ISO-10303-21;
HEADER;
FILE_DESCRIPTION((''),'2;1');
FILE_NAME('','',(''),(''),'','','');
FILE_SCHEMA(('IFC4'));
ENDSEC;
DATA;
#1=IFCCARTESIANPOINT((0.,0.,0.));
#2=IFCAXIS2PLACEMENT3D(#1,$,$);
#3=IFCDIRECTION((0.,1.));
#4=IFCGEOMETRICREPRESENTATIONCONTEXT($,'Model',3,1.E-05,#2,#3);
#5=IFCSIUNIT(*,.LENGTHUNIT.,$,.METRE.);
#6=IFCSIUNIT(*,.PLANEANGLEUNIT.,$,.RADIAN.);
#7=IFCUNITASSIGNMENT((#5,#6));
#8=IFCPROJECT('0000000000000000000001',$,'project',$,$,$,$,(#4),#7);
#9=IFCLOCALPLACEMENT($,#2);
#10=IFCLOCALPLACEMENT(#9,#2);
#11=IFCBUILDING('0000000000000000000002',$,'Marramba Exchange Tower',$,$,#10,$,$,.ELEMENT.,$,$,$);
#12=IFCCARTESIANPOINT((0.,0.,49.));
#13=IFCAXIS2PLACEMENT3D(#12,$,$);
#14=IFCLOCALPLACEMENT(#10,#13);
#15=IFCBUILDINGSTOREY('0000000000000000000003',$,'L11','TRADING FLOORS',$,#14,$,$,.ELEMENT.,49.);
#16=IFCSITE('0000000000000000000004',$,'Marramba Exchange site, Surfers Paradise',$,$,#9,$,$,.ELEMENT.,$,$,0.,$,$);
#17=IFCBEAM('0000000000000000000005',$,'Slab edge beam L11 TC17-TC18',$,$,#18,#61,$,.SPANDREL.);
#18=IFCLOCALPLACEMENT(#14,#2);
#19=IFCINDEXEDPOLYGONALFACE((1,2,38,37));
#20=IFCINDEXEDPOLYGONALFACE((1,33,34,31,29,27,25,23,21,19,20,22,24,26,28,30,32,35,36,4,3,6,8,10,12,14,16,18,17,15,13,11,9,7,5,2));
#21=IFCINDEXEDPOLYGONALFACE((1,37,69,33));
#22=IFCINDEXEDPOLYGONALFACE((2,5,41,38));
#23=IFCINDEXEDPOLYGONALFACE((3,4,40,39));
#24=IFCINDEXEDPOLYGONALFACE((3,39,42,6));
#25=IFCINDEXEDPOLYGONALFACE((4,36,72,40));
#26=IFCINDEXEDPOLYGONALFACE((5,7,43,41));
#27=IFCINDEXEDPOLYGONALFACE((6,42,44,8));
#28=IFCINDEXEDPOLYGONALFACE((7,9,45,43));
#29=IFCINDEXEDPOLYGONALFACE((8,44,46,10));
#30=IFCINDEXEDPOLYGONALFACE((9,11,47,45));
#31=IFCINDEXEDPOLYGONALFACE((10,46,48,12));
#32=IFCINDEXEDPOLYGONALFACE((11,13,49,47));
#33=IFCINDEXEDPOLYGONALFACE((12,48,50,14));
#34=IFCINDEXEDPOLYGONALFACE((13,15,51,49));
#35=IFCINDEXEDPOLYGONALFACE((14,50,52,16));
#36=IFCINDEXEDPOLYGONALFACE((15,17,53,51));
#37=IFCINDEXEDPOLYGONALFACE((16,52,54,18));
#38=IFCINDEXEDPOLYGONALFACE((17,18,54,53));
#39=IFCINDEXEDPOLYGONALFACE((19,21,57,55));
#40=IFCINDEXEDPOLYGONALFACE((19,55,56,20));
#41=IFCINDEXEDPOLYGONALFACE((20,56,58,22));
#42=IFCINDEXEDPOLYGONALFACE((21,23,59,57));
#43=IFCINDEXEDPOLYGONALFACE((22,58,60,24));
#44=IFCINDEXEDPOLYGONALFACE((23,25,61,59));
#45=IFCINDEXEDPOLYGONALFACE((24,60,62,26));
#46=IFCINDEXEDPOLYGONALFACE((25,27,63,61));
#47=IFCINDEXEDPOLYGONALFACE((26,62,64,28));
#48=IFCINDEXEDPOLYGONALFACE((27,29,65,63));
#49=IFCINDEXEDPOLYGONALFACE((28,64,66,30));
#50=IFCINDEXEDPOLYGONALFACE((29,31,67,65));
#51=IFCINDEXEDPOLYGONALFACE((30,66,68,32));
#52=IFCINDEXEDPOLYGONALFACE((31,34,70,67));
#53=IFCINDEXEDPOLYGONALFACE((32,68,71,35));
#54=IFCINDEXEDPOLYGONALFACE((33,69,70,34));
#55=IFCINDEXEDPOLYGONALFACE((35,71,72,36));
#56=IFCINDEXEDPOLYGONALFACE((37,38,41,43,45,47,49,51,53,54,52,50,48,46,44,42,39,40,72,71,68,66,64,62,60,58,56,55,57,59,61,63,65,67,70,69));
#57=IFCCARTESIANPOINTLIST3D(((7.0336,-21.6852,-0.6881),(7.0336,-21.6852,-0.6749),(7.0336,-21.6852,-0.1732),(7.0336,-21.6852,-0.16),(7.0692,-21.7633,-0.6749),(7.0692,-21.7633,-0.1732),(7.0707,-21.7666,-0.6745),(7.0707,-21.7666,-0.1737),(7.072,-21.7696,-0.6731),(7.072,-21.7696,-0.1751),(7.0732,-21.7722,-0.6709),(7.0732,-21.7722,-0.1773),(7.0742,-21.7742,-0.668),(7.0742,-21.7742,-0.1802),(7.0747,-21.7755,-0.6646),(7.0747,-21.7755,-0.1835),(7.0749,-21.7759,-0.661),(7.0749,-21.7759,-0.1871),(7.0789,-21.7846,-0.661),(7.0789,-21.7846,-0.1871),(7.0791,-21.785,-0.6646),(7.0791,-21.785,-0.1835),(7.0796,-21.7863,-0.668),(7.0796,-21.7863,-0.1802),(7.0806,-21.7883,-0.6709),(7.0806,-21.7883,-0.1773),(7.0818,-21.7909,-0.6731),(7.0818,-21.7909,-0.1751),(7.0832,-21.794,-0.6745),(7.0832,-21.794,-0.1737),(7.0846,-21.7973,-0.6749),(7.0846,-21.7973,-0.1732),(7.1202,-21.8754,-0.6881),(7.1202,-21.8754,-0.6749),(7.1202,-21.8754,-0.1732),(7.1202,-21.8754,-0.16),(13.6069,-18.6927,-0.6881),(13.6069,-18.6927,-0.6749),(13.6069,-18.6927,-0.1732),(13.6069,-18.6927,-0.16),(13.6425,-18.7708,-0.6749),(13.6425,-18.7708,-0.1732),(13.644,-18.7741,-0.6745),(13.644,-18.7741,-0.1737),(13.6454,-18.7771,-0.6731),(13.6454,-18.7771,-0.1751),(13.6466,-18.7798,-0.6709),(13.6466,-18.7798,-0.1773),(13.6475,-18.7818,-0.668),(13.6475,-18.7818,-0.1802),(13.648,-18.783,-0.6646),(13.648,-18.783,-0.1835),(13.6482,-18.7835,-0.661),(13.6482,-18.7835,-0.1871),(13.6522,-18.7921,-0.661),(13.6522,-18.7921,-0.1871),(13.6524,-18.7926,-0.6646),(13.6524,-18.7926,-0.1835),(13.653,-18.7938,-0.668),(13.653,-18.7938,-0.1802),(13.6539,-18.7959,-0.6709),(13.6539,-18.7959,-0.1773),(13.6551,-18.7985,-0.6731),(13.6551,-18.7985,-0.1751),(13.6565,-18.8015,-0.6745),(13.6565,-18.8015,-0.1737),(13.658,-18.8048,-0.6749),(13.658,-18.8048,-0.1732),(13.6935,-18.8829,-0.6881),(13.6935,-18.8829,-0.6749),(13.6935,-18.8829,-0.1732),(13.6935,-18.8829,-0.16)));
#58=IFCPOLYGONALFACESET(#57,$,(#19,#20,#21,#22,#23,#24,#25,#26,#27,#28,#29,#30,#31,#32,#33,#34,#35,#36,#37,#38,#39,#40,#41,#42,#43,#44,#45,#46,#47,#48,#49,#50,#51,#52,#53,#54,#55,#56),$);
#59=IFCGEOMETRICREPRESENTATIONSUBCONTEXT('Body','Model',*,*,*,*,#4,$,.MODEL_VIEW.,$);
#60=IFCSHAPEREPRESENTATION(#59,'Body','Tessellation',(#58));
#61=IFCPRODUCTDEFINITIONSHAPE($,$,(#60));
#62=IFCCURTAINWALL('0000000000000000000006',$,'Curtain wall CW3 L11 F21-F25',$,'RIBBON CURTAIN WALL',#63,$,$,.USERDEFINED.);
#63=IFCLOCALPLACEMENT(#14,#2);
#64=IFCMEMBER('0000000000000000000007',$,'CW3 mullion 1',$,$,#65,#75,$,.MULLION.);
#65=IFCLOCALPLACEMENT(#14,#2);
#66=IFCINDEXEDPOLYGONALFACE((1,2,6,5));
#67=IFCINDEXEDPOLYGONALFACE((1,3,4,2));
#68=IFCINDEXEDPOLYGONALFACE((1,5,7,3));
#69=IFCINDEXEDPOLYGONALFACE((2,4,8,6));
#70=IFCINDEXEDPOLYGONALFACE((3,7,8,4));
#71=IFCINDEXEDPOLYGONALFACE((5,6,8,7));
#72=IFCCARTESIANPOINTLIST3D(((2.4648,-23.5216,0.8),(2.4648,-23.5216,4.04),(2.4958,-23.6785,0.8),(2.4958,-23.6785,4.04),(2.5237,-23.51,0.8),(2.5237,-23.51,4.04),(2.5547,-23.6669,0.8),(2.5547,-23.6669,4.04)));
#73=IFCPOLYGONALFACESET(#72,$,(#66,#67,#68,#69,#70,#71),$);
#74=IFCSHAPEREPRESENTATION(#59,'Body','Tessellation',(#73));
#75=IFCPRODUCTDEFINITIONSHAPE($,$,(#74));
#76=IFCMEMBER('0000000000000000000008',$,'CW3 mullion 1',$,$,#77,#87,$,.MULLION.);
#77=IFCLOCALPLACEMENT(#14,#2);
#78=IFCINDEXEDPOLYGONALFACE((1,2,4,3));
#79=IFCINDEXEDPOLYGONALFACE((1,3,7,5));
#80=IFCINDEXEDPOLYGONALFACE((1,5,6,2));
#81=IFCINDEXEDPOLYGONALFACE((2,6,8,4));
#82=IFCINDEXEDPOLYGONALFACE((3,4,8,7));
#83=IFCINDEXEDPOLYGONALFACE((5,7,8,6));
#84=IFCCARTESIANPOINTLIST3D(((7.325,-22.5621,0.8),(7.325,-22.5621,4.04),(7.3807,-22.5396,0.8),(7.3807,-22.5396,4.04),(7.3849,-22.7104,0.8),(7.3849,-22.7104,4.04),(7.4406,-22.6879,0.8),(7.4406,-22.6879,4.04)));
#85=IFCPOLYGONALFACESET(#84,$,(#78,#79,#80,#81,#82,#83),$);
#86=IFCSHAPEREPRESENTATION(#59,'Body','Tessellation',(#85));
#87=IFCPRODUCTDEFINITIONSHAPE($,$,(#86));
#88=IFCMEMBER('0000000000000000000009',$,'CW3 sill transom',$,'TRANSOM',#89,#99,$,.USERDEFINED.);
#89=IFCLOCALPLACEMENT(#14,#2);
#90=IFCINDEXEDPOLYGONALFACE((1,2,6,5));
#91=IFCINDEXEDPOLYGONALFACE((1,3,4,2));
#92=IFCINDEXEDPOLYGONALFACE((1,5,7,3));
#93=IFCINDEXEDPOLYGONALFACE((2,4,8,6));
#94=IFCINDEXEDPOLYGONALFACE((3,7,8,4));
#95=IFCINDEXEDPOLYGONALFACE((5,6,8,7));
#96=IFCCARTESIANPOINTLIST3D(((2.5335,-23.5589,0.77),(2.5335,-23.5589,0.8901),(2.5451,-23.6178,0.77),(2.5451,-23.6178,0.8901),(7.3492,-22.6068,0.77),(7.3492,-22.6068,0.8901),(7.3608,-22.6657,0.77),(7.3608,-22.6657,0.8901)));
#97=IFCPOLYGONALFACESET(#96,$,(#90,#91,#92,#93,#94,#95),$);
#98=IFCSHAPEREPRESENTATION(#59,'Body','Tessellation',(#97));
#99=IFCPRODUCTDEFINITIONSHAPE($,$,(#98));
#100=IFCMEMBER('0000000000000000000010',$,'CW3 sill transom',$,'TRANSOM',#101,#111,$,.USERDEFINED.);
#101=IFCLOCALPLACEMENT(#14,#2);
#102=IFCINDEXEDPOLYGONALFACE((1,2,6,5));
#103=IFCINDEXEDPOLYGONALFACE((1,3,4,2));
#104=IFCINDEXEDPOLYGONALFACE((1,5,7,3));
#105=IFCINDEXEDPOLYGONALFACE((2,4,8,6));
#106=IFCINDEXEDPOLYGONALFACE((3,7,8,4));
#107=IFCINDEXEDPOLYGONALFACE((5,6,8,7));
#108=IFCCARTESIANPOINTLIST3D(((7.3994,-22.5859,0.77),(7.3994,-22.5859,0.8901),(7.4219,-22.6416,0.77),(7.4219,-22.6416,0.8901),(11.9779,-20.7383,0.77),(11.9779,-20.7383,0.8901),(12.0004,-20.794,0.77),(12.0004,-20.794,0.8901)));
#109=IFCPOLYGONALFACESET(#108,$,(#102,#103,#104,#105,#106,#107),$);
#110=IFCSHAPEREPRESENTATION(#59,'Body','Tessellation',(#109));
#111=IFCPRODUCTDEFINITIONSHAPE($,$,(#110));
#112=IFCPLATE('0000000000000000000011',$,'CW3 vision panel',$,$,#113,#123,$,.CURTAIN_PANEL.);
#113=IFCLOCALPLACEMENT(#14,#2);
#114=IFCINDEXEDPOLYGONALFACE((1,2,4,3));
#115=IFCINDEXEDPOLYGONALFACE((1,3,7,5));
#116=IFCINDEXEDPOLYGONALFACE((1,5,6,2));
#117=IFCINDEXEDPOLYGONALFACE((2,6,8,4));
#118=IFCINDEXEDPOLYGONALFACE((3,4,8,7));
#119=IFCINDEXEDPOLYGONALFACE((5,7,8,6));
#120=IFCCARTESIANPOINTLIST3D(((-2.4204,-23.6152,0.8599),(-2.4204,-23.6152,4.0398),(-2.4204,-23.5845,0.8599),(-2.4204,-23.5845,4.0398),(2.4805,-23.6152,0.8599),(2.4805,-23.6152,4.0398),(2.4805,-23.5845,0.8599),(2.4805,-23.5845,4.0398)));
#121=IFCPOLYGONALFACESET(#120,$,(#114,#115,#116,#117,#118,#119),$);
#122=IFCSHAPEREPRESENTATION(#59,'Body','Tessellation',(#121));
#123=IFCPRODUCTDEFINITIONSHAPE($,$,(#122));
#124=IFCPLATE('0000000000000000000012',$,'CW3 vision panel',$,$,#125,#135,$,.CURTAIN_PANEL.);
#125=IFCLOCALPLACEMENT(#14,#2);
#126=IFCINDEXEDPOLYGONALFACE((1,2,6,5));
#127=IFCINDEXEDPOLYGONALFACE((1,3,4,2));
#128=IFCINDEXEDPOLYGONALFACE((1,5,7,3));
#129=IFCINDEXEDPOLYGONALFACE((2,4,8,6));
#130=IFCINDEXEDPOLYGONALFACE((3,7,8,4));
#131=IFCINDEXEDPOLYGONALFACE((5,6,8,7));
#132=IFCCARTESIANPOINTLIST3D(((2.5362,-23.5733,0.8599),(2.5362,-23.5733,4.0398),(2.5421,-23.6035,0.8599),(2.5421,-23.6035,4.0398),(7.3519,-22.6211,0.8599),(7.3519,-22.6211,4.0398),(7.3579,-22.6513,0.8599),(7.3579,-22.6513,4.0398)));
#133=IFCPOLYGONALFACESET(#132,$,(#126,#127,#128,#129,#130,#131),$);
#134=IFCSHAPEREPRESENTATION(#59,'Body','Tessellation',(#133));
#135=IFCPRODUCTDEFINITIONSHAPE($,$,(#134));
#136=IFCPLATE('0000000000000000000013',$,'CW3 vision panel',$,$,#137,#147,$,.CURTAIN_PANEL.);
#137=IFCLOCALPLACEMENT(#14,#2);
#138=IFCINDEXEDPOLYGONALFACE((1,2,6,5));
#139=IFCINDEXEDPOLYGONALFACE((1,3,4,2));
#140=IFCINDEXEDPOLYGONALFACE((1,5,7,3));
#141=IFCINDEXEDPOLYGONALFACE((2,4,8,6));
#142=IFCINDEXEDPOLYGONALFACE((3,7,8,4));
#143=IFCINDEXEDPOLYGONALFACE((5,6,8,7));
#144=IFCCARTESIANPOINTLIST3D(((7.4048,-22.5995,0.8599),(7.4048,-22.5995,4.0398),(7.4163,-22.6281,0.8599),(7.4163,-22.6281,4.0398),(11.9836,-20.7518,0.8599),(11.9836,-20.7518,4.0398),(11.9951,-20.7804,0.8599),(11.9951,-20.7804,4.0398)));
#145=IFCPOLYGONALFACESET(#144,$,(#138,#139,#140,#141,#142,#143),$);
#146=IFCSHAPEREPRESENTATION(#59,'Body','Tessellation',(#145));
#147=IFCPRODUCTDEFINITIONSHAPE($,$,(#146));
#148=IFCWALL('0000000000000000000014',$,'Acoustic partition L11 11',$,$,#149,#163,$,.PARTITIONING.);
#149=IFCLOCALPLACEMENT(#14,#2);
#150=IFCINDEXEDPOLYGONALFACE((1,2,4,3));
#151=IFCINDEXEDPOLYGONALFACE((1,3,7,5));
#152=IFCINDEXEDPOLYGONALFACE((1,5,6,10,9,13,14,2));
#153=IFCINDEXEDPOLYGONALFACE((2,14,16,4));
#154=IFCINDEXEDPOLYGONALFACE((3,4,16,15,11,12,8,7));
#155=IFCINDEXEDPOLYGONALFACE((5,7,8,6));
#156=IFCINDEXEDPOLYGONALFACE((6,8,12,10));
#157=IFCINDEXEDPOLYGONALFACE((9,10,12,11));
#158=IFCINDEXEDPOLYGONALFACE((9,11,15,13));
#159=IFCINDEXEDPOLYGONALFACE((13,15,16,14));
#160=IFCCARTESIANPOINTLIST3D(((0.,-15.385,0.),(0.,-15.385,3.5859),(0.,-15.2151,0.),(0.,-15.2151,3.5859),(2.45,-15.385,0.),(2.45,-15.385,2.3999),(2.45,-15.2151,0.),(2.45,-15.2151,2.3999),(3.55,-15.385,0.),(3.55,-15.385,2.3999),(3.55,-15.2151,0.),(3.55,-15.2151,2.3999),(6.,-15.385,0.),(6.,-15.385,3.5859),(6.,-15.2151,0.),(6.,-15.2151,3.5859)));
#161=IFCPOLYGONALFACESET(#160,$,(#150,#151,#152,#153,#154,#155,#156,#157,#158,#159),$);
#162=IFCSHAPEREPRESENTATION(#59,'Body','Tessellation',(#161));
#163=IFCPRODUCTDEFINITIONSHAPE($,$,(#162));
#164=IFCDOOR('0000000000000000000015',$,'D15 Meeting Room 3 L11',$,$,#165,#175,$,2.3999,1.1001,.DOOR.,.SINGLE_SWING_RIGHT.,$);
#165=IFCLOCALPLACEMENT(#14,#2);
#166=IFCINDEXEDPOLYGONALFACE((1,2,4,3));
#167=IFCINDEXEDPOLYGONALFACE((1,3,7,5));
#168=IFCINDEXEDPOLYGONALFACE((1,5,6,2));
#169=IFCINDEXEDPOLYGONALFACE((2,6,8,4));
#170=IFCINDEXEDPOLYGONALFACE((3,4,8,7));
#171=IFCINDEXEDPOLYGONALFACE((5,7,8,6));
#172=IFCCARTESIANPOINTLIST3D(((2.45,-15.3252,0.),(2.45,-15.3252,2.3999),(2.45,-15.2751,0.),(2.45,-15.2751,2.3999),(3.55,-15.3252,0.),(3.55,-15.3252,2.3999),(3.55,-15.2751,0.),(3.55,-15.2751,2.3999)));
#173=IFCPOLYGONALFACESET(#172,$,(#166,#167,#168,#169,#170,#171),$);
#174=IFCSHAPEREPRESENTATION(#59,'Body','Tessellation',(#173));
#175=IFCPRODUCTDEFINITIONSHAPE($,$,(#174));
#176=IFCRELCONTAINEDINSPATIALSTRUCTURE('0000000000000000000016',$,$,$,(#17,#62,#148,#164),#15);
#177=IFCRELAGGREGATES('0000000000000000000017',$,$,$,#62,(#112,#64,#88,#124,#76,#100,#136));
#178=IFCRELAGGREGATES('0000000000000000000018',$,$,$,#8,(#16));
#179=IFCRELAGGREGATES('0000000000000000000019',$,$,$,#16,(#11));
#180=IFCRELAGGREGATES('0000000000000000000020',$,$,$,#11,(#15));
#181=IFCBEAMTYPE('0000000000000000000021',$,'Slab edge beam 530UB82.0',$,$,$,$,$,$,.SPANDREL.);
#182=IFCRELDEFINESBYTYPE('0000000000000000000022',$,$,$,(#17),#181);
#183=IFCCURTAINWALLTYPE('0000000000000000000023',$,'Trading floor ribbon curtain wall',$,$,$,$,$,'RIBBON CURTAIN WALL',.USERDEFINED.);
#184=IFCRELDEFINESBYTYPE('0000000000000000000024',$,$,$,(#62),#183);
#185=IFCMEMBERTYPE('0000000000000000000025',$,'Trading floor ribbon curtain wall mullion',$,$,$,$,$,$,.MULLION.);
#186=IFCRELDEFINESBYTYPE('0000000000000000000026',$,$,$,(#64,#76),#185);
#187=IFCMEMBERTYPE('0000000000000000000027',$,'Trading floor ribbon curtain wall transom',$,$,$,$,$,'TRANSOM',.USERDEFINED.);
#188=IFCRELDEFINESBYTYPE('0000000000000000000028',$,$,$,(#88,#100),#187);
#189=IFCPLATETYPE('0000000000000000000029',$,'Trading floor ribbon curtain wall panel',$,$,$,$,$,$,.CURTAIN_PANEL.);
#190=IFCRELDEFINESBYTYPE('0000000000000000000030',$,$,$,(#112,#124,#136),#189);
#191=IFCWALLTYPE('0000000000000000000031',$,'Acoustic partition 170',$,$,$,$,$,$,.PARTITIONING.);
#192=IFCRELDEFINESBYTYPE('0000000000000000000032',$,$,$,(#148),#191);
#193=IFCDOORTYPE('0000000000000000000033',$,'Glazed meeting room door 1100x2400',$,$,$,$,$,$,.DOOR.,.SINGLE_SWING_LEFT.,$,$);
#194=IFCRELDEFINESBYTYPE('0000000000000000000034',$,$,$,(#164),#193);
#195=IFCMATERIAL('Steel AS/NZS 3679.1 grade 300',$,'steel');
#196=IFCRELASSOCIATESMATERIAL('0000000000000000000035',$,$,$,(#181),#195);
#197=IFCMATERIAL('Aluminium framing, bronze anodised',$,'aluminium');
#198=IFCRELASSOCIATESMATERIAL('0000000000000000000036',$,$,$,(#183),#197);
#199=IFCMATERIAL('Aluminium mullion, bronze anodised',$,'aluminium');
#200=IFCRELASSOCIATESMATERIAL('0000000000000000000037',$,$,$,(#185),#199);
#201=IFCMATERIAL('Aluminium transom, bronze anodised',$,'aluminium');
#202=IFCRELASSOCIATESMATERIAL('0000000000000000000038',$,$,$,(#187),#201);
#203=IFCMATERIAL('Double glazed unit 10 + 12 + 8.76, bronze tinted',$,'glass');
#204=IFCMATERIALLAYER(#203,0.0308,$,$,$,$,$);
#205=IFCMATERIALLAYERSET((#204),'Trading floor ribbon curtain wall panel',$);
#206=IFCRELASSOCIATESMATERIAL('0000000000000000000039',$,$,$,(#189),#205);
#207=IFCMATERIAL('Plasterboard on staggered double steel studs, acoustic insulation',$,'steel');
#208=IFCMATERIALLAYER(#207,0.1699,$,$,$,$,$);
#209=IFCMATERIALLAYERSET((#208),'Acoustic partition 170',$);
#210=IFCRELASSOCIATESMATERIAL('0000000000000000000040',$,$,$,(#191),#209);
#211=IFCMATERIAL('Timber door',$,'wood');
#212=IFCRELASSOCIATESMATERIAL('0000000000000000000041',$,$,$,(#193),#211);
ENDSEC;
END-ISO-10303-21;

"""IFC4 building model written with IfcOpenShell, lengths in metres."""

from ifc_helpers import new_model, si_unit, direction, frame, frame_2d, origin, origin_2d, place, context, subcontext, project, spatial, rectangle, i_section, extrude, material, layer, layer_set, material_profile, profile_set, type_object, element, fill, aggregate, save


model = new_model("IFC4")

# Units and contexts
model_context = context("Model", 3, precision=1e-05, world=origin(), true_north=direction((0.0, 1.0)))
body_context = subcontext(model_context, "Body", "Model", "MODEL_VIEW")
ifc_project = project(units=[si_unit("LENGTHUNIT", "METRE"), si_unit("PLANEANGLEUNIT", "RADIAN")], contexts=[model_context])

# Site, building, storey
site_placement = place(None, origin())
site = spatial("IfcSite", under=ifc_project, at=site_placement, Name="Marramba Exchange site, Surfers Paradise", CompositionType="ELEMENT", RefElevation=0.0)
building_placement = place(site_placement, origin())
building = spatial("IfcBuilding", under=site, at=building_placement, Name="Marramba Exchange Tower", CompositionType="ELEMENT")
storey_placement = place(building_placement, frame((0.0, 0.0, 49.0)))
storey = spatial("IfcBuildingStorey", under=building, at=storey_placement, Name="L11", Description="TRADING FLOORS", CompositionType="ELEMENT", Elevation=49.0)

# Beam
ifc_material_1 = material(Name="Steel AS/NZS 3679.1 grade 300", Category="steel")
ifc_material_profile_1 = material_profile(ifc_material_1, i_section(OverallWidth=0.209, OverallDepth=0.5281, WebThickness=0.0095, FlangeThickness=0.0132, FilletRadius=0.0139, at=origin_2d()), Name="530UB82.0")
ifc_profile_set_1 = profile_set([ifc_material_profile_1], Name="Steel AS/NZS 3679.1 grade 300")
beam_type_1 = type_object("IfcBeamType", Name="Slab edge beam 530UB82.0", PredefinedType="SPANDREL", material=ifc_profile_set_1)
beam_1_placement = place(storey_placement, frame((7.0769, -21.7803, -0.4241), z_axis=(0.910127, 0.41433, 0.0), x_axis=(-0.41433, 0.910127, 0.0)))
element("IfcBeam", 1, at=beam_1_placement, inside=storey, type_object=beam_type_1, Name="Slab edge beam L11 TC17-TC18", PredefinedType="SPANDREL", context=body_context, shape_type="SweptSolid", body=[
    extrude(i_section(OverallWidth=0.209, OverallDepth=0.5281, WebThickness=0.0095, FlangeThickness=0.0132, FilletRadius=0.0139, at=origin_2d()), origin(), (0.0, 0.0, 1.0), 7.2224),
])

# Curtain wall, members, plates
ifc_material_2 = material(Name="Aluminium framing, bronze anodised", Category="aluminium")
curtain_wall_type = type_object("IfcCurtainWallType", Name="Trading floor ribbon curtain wall", ElementType="RIBBON CURTAIN WALL", PredefinedType="USERDEFINED", material=ifc_material_2)
curtain_wall_placement = place(storey_placement, origin())
curtain_wall = element("IfcCurtainWall", 2, at=curtain_wall_placement, inside=storey, type_object=curtain_wall_type, Name="Curtain wall CW3 L11 F21-F25", ObjectType="RIBBON CURTAIN WALL", PredefinedType="USERDEFINED")
ifc_material_3 = material(Name="Aluminium mullion, bronze anodised", Category="aluminium")
ifc_material_profile_2 = material_profile(ifc_material_3, rectangle(XDim=0.1599, YDim=0.0601, at=origin_2d()), Name="CW3 mullion 60x160")
ifc_profile_set_2 = profile_set([ifc_material_profile_2], Name="Aluminium mullion, bronze anodised")
member_type_1 = type_object("IfcMemberType", Name="Trading floor ribbon curtain wall mullion", PredefinedType="MULLION", material=ifc_profile_set_2)
member_1_placement = place(storey_placement, frame((2.5098, -23.5942, 0.8), z_axis=(0.0, 0.0, 1.0), x_axis=(-0.193961, 0.981009, 0.0)))
member_1 = element("IfcMember", 3, at=member_1_placement, type_object=member_type_1, Name="CW3 mullion 1", PredefinedType="MULLION", context=body_context, shape_type="SweptSolid", body=[
    extrude(rectangle(XDim=0.1599, YDim=0.0601, at=origin_2d()), origin(), (0.0, 0.0, 1.0), 3.24),
])
member_2_placement = place(storey_placement, frame((7.3828, -22.625, 0.8), z_axis=(0.0, 0.0, 1.0), x_axis=(-0.374218, 0.927341, 0.0)))
member_2 = element("IfcMember", 4, at=member_2_placement, type_object=member_type_1, Name="CW3 mullion 1", PredefinedType="MULLION", context=body_context, shape_type="SweptSolid", body=[
    extrude(rectangle(XDim=0.1599, YDim=0.0601, at=origin_2d()), origin(), (0.0, 0.0, 1.0), 3.24),
])
ifc_material_4 = material(Name="Aluminium transom, bronze anodised", Category="aluminium")
ifc_material_profile_3 = material_profile(ifc_material_4, rectangle(XDim=0.0601, YDim=0.1201, at=origin_2d()), Name="CW3 transom 60x120")
ifc_profile_set_3 = profile_set([ifc_material_profile_3], Name="Aluminium transom, bronze anodised")
member_type_2 = type_object("IfcMemberType", Name="Trading floor ribbon curtain wall transom", ElementType="TRANSOM", PredefinedType="USERDEFINED", material=ifc_profile_set_3)
member_3_placement = place(storey_placement, frame((2.5393, -23.5884, 0.8301), z_axis=(0.981009, 0.193964, 0.0), x_axis=(-0.193964, 0.981009, 0.0)))
member_3 = element("IfcMember", 5, at=member_3_placement, type_object=member_type_2, Name="CW3 sill transom", ObjectType="TRANSOM", PredefinedType="USERDEFINED", context=body_context, shape_type="SweptSolid", body=[
    extrude(rectangle(XDim=0.0601, YDim=0.1201, at=origin_2d()), origin(), (0.0, 0.0, 1.0), 4.9089),
])
member_4_placement = place(storey_placement, frame((7.4106, -22.6138, 0.8301), z_axis=(0.92734, 0.374219, 0.0), x_axis=(-0.374219, 0.92734, 0.0)))
member_4 = element("IfcMember", 6, at=member_4_placement, type_object=member_type_2, Name="CW3 sill transom", ObjectType="TRANSOM", PredefinedType="USERDEFINED", context=body_context, shape_type="SweptSolid", body=[
    extrude(rectangle(XDim=0.0601, YDim=0.1201, at=origin_2d()), origin(), (0.0, 0.0, 1.0), 4.9373),
])
ifc_material_5 = material(Name="Double glazed unit 10 + 12 + 8.76, bronze tinted", Category="glass")
ifc_layer_1 = layer(ifc_material_5, 0.0308)
ifc_layer_set_1 = layer_set([ifc_layer_1], Name="Trading floor ribbon curtain wall panel")
plate_type = type_object("IfcPlateType", Name="Trading floor ribbon curtain wall panel", PredefinedType="CURTAIN_PANEL", material=ifc_layer_set_1)
plate_1_placement = place(storey_placement, frame((0.03, -23.5999, 0.8599), z_axis=(0.0, 0.0, 1.0), x_axis=(1.0, 0.0, 0.0)))
plate_1 = element("IfcPlate", 7, at=plate_1_placement, type_object=plate_type, Name="CW3 vision panel", PredefinedType="CURTAIN_PANEL", context=body_context, shape_type="SweptSolid", body=[
    extrude(rectangle(XDim=4.9009, YDim=0.0308, at=origin_2d()), origin(), (0.0, 0.0, 1.0), 3.1799),
])
plate_2_placement = place(storey_placement, frame((4.947, -23.1123, 0.8599), z_axis=(0.0, 0.0, 1.0), x_axis=(0.981009, 0.193961, 0.0)))
plate_2 = element("IfcPlate", 8, at=plate_2_placement, type_object=plate_type, Name="CW3 vision panel", PredefinedType="CURTAIN_PANEL", context=body_context, shape_type="SweptSolid", body=[
    extrude(rectangle(XDim=4.9089, YDim=0.0308, at=origin_2d()), origin(), (0.0, 0.0, 1.0), 3.1799),
])
plate_3_placement = place(storey_placement, frame((9.7, -21.6899, 0.8599), z_axis=(0.0, 0.0, 1.0), x_axis=(0.927341, 0.374218, 0.0)))
plate_3 = element("IfcPlate", 9, at=plate_3_placement, type_object=plate_type, Name="CW3 vision panel", PredefinedType="CURTAIN_PANEL", context=body_context, shape_type="SweptSolid", body=[
    extrude(rectangle(XDim=4.9375, YDim=0.0308, at=origin_2d()), origin(), (0.0, 0.0, 1.0), 3.1799),
])
aggregate(curtain_wall, [plate_1, member_1, member_3, plate_2, member_2, member_4, plate_3])

# Wall, opening, door
ifc_material_6 = material(Name="Plasterboard on staggered double steel studs, acoustic insulation", Category="steel")
ifc_layer_2 = layer(ifc_material_6, 0.1699)
ifc_layer_set_2 = layer_set([ifc_layer_2], Name="Acoustic partition 170")
wall_type_1 = type_object("IfcWallType", Name="Acoustic partition 170", PredefinedType="PARTITIONING", material=ifc_layer_set_2)
wall_1_placement = place(storey_placement, frame((0.0, -15.3, 0.0), z_axis=(0.0, 0.0, 1.0), x_axis=(1.0, 0.0, 0.0)))
wall_1 = element("IfcWall", 10, at=wall_1_placement, inside=storey, type_object=wall_type_1, Name="Acoustic partition L11 11", PredefinedType="PARTITIONING", context=body_context, shape_type="SweptSolid", body=[
    extrude(rectangle(XDim=6.0, YDim=0.1699, at=frame_2d((3.0, 0.0))), origin(), (0.0, 0.0, 1.0), 3.5859),
])
opening_placement = place(wall_1_placement, frame((2.45, 0.0, 0.0)))
opening = element("IfcOpeningElement", 11, at=opening_placement, cuts=wall_1, PredefinedType="OPENING", context=body_context, shape_type="SweptSolid", body=[
    extrude(rectangle(XDim=1.1001, YDim=2.3999, at=frame_2d((0.55, 1.2))), frame((0.0, 0.095, 0.0), z_axis=(0.0, -1.0, 0.0), x_axis=(1.0, 0.0, 0.0)), (0.0, 0.0, 1.0), 0.1899),
])
ifc_material_7 = material(Name="Timber door", Category="wood")
door_type = type_object("IfcDoorType", Name="Glazed meeting room door 1100x2400", OperationType="SINGLE_SWING_LEFT", PredefinedType="DOOR", material=ifc_material_7)
door_placement = place(opening_placement, origin())
door = element("IfcDoor", 12, at=door_placement, inside=storey, type_object=door_type, Name="D15 Meeting Room 3 L11", OperationType="SINGLE_SWING_RIGHT", OverallHeight=2.3999, OverallWidth=1.1001, PredefinedType="DOOR", context=body_context, shape_type="SweptSolid", body=[
    extrude(rectangle(XDim=1.1001, YDim=2.3999, at=frame_2d((0.55, 1.2))), frame((0.0, 0.0249, 0.0), z_axis=(0.0, -1.0, 0.0), x_axis=(1.0, 0.0, 0.0)), (0.0, 0.0, 1.0), 0.05),
])
fill(opening, door)

save(model, "model.ifc")
